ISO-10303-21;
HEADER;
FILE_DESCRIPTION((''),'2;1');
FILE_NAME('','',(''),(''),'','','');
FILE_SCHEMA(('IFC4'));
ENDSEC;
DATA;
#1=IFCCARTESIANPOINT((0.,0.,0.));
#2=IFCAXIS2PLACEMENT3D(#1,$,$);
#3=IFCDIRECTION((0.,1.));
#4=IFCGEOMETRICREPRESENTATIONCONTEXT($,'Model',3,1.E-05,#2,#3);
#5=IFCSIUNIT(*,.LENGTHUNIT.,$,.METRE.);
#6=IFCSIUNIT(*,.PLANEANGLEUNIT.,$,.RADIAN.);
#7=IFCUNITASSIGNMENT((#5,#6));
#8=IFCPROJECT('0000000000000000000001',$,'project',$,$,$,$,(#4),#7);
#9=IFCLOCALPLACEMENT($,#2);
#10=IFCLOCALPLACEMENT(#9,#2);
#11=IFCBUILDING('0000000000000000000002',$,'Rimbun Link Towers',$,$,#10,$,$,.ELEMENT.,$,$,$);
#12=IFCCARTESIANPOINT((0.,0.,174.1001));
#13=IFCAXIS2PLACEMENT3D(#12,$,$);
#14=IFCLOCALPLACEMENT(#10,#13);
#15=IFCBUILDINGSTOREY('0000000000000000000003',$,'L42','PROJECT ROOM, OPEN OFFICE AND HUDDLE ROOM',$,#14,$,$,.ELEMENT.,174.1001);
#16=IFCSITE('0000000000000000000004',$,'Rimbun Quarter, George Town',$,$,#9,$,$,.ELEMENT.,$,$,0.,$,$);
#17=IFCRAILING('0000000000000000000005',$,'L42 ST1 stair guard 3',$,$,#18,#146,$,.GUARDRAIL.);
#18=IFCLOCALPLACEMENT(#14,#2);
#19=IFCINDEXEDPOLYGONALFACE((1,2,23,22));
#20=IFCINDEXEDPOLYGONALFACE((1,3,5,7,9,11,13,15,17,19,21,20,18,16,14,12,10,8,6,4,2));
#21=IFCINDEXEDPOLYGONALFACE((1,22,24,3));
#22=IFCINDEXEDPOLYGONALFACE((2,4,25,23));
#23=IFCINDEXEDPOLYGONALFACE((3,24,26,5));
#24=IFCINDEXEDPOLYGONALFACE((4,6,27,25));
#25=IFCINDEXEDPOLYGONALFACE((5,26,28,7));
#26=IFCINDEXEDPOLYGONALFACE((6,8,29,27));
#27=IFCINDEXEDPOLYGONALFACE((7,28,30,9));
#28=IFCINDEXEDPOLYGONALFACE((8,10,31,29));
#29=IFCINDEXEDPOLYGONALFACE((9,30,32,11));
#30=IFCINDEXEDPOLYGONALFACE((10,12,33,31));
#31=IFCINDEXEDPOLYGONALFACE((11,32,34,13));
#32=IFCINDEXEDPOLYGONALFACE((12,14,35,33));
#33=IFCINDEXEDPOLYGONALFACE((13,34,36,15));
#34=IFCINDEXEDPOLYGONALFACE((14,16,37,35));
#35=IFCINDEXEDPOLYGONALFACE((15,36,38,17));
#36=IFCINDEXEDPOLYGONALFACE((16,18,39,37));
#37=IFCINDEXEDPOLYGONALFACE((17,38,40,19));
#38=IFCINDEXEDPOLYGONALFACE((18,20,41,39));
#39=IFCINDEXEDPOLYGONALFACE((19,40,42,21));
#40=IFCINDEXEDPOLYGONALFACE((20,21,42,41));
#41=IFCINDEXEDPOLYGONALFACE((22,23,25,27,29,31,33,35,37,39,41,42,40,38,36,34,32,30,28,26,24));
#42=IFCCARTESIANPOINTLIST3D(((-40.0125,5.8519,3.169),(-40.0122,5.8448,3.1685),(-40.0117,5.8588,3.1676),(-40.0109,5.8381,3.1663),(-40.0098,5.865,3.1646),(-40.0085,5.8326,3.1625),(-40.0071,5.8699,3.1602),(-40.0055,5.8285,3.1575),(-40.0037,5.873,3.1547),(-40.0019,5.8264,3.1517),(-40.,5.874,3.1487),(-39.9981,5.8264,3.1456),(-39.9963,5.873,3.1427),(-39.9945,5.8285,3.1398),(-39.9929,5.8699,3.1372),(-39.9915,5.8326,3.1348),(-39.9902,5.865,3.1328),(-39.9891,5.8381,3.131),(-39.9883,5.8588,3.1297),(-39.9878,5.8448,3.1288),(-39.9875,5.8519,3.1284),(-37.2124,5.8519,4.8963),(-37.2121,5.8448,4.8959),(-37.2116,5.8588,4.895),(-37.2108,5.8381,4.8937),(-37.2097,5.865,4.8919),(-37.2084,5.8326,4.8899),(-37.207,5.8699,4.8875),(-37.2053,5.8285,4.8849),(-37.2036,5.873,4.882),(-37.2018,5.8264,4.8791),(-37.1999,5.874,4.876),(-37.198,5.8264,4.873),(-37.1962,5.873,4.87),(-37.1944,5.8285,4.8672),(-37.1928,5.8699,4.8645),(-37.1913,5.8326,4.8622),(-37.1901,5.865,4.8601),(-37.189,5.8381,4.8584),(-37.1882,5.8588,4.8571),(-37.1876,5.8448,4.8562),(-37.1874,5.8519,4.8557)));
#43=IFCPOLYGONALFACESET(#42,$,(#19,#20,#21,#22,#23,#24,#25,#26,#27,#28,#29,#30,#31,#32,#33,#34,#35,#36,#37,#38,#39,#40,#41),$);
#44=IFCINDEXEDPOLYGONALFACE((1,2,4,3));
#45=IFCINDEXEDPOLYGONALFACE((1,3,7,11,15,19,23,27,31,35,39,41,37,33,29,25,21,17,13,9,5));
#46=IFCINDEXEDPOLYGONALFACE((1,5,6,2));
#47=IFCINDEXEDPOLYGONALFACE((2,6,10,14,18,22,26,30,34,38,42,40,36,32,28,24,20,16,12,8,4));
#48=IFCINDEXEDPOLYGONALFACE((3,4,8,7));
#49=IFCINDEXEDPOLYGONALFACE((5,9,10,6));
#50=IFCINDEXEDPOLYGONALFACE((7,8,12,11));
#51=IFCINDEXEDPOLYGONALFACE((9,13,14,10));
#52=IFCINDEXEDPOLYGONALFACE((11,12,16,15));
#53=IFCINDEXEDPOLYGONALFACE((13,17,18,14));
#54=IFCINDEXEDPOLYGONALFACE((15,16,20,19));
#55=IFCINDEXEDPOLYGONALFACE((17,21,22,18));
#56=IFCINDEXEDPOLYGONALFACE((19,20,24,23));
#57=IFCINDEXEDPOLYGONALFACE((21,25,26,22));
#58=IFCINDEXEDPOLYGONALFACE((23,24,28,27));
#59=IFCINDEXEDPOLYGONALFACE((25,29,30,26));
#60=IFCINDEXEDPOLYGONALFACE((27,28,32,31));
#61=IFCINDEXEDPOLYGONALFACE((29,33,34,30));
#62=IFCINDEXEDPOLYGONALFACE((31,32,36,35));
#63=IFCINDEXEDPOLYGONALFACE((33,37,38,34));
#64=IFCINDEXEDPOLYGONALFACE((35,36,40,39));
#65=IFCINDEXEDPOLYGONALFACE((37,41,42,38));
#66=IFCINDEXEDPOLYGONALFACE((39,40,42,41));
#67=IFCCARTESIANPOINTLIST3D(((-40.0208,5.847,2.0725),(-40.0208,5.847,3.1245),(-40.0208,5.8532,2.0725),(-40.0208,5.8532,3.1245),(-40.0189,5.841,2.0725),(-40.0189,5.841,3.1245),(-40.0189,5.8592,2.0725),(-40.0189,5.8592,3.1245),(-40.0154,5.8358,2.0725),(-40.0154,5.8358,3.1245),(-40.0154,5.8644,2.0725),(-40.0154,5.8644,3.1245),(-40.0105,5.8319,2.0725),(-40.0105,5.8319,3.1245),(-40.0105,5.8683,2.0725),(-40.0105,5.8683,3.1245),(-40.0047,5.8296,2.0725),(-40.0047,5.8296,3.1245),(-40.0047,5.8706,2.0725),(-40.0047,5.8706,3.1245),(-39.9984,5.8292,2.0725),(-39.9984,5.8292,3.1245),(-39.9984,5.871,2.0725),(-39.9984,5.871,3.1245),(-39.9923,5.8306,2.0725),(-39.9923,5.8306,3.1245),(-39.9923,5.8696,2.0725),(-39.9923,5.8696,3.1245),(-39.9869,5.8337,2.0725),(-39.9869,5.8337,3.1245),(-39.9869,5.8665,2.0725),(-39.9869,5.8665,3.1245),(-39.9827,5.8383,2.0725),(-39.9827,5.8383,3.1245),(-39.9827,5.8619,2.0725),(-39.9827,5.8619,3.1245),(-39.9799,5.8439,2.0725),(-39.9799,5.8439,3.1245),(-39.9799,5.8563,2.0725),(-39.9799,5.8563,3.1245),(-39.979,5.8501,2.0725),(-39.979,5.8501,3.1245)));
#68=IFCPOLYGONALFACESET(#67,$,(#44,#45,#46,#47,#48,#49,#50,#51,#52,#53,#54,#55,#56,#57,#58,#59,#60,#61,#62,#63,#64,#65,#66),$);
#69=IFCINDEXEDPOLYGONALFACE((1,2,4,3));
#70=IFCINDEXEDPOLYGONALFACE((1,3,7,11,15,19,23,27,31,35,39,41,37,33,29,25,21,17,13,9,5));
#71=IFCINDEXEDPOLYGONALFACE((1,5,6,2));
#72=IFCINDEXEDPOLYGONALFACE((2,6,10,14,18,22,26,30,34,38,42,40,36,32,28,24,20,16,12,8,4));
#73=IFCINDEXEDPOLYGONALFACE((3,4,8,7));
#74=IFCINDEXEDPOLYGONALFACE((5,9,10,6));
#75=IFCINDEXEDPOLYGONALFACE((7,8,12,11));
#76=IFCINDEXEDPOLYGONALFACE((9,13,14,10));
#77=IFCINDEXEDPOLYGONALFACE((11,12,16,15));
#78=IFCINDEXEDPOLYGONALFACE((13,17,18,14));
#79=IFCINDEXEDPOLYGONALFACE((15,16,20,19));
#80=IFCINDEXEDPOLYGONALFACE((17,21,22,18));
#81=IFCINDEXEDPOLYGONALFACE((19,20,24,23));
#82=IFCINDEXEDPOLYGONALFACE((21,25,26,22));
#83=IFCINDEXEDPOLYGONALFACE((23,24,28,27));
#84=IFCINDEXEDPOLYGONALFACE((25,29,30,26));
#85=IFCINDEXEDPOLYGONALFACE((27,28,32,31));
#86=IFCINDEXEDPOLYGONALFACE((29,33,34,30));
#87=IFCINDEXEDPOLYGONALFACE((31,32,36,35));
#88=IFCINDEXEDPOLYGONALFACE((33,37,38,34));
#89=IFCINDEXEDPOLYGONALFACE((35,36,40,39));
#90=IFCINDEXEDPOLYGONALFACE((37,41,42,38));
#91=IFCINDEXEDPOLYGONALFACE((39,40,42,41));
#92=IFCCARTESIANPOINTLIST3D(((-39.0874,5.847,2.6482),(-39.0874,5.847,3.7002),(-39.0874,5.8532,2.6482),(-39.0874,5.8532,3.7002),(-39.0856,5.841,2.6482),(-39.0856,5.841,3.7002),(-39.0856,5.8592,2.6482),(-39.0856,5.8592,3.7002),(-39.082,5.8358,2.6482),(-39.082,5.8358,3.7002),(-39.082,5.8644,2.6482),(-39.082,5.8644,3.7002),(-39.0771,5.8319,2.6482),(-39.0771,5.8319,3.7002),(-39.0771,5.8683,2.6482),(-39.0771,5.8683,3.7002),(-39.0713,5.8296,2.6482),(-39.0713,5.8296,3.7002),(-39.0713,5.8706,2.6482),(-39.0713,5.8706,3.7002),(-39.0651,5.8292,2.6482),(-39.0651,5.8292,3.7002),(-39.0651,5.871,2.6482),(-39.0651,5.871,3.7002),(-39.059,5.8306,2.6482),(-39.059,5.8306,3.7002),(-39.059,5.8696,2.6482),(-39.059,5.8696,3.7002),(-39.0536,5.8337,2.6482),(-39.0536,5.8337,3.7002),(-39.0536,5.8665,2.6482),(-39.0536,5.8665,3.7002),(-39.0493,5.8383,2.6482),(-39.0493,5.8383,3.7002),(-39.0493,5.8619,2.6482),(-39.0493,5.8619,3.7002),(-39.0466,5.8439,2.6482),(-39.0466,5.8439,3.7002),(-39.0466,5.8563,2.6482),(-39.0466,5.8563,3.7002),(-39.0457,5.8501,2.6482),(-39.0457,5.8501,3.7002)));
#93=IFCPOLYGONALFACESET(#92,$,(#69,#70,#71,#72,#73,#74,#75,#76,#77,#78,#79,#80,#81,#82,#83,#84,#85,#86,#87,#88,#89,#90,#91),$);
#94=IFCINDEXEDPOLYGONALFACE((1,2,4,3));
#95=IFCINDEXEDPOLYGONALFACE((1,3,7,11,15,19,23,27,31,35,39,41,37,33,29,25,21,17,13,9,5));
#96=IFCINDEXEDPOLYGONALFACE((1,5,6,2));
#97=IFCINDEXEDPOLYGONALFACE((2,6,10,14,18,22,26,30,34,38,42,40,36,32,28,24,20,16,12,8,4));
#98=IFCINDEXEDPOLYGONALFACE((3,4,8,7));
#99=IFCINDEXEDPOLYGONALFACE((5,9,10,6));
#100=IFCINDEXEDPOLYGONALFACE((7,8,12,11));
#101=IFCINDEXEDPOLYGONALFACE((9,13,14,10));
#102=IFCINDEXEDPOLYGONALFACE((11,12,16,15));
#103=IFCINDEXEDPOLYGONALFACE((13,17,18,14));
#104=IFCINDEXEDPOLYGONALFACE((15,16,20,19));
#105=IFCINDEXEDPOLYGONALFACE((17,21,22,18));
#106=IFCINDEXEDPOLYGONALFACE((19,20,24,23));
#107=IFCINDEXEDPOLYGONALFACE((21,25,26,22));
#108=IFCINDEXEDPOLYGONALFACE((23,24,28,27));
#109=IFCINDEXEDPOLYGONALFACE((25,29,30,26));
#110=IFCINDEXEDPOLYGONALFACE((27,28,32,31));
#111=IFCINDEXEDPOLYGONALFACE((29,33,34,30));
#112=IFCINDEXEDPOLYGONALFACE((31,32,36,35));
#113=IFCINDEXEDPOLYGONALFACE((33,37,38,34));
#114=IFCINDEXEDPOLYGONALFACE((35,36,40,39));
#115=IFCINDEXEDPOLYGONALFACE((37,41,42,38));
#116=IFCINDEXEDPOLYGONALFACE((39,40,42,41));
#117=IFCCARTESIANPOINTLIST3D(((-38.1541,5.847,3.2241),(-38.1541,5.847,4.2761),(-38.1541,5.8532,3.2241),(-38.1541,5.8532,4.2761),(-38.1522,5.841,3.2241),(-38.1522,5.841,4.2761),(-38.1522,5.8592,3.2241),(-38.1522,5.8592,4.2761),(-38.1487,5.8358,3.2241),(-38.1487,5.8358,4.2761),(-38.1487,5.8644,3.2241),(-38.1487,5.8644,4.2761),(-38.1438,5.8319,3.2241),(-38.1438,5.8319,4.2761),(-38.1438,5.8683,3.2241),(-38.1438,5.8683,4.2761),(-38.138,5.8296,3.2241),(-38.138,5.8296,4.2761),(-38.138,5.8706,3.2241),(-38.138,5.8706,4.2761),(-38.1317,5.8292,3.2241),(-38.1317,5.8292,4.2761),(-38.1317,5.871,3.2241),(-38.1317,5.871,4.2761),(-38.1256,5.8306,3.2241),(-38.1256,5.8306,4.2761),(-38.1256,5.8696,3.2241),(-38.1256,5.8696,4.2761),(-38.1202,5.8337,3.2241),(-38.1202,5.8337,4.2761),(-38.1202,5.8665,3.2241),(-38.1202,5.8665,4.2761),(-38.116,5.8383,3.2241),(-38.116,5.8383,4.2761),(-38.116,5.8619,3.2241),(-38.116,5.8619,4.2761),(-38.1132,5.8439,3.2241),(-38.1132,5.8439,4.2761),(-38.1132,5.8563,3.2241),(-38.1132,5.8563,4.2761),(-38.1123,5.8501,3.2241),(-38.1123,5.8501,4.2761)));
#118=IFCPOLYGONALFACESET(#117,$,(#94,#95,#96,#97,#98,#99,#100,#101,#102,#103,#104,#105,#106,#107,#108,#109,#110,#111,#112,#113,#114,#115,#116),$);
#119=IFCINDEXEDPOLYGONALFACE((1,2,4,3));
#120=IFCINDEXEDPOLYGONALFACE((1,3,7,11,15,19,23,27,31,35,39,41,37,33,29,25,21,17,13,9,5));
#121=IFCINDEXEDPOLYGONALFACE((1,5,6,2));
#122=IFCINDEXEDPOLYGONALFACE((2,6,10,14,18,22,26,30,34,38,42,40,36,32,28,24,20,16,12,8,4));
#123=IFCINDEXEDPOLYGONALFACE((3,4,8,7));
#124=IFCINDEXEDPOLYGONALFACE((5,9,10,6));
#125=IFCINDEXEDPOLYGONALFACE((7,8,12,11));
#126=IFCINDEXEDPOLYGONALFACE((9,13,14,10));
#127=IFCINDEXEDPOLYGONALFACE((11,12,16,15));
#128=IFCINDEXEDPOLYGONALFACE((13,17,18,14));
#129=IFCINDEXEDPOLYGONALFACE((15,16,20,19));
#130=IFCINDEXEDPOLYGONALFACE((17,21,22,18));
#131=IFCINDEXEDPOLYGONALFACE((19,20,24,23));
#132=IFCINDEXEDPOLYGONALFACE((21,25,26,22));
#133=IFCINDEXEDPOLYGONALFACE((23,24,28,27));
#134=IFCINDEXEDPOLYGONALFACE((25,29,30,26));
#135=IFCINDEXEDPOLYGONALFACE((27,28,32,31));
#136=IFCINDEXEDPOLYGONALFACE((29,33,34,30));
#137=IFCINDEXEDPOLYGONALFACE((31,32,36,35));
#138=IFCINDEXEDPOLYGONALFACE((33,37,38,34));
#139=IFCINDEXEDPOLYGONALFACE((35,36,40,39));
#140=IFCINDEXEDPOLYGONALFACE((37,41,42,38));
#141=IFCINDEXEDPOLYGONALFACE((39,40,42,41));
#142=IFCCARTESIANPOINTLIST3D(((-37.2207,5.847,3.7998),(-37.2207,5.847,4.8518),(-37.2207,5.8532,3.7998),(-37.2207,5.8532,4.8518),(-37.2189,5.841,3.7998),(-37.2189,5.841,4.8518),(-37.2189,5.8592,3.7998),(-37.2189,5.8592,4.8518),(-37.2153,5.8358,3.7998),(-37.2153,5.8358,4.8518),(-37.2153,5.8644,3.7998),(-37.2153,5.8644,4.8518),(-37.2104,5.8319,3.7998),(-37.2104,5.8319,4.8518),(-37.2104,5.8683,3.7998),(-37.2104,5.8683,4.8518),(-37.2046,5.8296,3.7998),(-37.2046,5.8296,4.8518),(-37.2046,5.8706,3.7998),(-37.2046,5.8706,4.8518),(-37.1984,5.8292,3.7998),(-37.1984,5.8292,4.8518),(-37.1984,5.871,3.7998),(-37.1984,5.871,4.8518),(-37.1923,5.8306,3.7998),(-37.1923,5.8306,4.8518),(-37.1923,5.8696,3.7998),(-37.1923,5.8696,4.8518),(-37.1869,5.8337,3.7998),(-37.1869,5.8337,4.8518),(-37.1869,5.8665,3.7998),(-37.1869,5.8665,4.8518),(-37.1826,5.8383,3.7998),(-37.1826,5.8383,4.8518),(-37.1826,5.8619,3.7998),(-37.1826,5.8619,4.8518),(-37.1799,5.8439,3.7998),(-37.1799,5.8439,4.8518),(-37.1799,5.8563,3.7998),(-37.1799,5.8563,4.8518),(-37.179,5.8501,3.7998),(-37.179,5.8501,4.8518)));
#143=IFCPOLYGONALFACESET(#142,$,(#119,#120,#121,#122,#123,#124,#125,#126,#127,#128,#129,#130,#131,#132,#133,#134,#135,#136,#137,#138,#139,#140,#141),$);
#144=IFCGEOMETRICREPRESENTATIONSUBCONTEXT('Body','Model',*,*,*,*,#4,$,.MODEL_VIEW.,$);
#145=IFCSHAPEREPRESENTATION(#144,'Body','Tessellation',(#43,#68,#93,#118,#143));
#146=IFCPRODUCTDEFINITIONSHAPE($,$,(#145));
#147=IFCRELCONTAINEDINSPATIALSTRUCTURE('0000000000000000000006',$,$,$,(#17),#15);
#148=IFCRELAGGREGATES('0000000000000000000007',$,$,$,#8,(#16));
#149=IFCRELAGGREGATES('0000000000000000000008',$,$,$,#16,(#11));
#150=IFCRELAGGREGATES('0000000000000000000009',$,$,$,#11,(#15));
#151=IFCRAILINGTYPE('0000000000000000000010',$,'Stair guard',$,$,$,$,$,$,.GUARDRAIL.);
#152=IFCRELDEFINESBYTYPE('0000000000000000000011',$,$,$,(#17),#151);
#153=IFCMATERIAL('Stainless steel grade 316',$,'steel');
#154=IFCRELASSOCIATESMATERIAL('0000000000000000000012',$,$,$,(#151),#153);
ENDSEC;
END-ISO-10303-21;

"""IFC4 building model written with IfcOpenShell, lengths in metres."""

from ifc_helpers import new_model, si_unit, direction, frame, origin, origin_2d, place, context, subcontext, project, spatial, circle, extrude, material, type_object, element, save


model = new_model("IFC4")

# Units and contexts
model_context = context("Model", 3, precision=1e-05, world=origin(), true_north=direction((0.0, 1.0)))
body_context = subcontext(model_context, "Body", "Model", "MODEL_VIEW")
ifc_project = project(units=[si_unit("LENGTHUNIT", "METRE"), si_unit("PLANEANGLEUNIT", "RADIAN")], contexts=[model_context])

# Site, building, storey
site_placement = place(None, origin())
site = spatial("IfcSite", under=ifc_project, at=site_placement, Name="Rimbun Quarter, George Town", CompositionType="ELEMENT", RefElevation=0.0)
building_placement = place(site_placement, origin())
building = spatial("IfcBuilding", under=site, at=building_placement, Name="Rimbun Link Towers", CompositionType="ELEMENT")
storey_placement = place(building_placement, frame((0.0, 0.0, 174.1001)))
storey = spatial("IfcBuildingStorey", under=building, at=storey_placement, Name="L42", Description="PROJECT ROOM, OPEN OFFICE AND HUDDLE ROOM", CompositionType="ELEMENT", Elevation=174.1001)

# Railing
ifc_material_1 = material(Name="Stainless steel grade 316", Category="steel")
railing_type_1 = type_object("IfcRailingType", Name="Stair guard", PredefinedType="GUARDRAIL", material=ifc_material_1)
railing_1_placement = place(storey_placement, frame((-40.0, 5.8501, 2.0725)))
element("IfcRailing", 1, at=railing_1_placement, inside=storey, type_object=railing_type_1, Name="L42 ST1 stair guard 3", PredefinedType="GUARDRAIL", context=body_context, shape_type="SweptSolid", body=[
    extrude(circle(Radius=0.0239, at=origin_2d()), frame((0.0, 0.0, 1.0762), z_axis=(0.85109, 0.0, 0.52502), x_axis=(0.0, 1.0, 0.0)), (0.0, 0.0, 1.0), 3.29),
    extrude(circle(Radius=0.021, at=origin_2d()), origin(), (0.0, 0.0, 1.0), 1.052),
    extrude(circle(Radius=0.021, at=origin_2d()), frame((0.9333, 0.0, 0.5757)), (0.0, 0.0, 1.0), 1.052),
    extrude(circle(Radius=0.021, at=origin_2d()), frame((1.8667, 0.0, 1.1516)), (0.0, 0.0, 1.0), 1.052),
    extrude(circle(Radius=0.021, at=origin_2d()), frame((2.8, 0.0, 1.7273)), (0.0, 0.0, 1.0), 1.052),
])

save(model, "model.ifc")
